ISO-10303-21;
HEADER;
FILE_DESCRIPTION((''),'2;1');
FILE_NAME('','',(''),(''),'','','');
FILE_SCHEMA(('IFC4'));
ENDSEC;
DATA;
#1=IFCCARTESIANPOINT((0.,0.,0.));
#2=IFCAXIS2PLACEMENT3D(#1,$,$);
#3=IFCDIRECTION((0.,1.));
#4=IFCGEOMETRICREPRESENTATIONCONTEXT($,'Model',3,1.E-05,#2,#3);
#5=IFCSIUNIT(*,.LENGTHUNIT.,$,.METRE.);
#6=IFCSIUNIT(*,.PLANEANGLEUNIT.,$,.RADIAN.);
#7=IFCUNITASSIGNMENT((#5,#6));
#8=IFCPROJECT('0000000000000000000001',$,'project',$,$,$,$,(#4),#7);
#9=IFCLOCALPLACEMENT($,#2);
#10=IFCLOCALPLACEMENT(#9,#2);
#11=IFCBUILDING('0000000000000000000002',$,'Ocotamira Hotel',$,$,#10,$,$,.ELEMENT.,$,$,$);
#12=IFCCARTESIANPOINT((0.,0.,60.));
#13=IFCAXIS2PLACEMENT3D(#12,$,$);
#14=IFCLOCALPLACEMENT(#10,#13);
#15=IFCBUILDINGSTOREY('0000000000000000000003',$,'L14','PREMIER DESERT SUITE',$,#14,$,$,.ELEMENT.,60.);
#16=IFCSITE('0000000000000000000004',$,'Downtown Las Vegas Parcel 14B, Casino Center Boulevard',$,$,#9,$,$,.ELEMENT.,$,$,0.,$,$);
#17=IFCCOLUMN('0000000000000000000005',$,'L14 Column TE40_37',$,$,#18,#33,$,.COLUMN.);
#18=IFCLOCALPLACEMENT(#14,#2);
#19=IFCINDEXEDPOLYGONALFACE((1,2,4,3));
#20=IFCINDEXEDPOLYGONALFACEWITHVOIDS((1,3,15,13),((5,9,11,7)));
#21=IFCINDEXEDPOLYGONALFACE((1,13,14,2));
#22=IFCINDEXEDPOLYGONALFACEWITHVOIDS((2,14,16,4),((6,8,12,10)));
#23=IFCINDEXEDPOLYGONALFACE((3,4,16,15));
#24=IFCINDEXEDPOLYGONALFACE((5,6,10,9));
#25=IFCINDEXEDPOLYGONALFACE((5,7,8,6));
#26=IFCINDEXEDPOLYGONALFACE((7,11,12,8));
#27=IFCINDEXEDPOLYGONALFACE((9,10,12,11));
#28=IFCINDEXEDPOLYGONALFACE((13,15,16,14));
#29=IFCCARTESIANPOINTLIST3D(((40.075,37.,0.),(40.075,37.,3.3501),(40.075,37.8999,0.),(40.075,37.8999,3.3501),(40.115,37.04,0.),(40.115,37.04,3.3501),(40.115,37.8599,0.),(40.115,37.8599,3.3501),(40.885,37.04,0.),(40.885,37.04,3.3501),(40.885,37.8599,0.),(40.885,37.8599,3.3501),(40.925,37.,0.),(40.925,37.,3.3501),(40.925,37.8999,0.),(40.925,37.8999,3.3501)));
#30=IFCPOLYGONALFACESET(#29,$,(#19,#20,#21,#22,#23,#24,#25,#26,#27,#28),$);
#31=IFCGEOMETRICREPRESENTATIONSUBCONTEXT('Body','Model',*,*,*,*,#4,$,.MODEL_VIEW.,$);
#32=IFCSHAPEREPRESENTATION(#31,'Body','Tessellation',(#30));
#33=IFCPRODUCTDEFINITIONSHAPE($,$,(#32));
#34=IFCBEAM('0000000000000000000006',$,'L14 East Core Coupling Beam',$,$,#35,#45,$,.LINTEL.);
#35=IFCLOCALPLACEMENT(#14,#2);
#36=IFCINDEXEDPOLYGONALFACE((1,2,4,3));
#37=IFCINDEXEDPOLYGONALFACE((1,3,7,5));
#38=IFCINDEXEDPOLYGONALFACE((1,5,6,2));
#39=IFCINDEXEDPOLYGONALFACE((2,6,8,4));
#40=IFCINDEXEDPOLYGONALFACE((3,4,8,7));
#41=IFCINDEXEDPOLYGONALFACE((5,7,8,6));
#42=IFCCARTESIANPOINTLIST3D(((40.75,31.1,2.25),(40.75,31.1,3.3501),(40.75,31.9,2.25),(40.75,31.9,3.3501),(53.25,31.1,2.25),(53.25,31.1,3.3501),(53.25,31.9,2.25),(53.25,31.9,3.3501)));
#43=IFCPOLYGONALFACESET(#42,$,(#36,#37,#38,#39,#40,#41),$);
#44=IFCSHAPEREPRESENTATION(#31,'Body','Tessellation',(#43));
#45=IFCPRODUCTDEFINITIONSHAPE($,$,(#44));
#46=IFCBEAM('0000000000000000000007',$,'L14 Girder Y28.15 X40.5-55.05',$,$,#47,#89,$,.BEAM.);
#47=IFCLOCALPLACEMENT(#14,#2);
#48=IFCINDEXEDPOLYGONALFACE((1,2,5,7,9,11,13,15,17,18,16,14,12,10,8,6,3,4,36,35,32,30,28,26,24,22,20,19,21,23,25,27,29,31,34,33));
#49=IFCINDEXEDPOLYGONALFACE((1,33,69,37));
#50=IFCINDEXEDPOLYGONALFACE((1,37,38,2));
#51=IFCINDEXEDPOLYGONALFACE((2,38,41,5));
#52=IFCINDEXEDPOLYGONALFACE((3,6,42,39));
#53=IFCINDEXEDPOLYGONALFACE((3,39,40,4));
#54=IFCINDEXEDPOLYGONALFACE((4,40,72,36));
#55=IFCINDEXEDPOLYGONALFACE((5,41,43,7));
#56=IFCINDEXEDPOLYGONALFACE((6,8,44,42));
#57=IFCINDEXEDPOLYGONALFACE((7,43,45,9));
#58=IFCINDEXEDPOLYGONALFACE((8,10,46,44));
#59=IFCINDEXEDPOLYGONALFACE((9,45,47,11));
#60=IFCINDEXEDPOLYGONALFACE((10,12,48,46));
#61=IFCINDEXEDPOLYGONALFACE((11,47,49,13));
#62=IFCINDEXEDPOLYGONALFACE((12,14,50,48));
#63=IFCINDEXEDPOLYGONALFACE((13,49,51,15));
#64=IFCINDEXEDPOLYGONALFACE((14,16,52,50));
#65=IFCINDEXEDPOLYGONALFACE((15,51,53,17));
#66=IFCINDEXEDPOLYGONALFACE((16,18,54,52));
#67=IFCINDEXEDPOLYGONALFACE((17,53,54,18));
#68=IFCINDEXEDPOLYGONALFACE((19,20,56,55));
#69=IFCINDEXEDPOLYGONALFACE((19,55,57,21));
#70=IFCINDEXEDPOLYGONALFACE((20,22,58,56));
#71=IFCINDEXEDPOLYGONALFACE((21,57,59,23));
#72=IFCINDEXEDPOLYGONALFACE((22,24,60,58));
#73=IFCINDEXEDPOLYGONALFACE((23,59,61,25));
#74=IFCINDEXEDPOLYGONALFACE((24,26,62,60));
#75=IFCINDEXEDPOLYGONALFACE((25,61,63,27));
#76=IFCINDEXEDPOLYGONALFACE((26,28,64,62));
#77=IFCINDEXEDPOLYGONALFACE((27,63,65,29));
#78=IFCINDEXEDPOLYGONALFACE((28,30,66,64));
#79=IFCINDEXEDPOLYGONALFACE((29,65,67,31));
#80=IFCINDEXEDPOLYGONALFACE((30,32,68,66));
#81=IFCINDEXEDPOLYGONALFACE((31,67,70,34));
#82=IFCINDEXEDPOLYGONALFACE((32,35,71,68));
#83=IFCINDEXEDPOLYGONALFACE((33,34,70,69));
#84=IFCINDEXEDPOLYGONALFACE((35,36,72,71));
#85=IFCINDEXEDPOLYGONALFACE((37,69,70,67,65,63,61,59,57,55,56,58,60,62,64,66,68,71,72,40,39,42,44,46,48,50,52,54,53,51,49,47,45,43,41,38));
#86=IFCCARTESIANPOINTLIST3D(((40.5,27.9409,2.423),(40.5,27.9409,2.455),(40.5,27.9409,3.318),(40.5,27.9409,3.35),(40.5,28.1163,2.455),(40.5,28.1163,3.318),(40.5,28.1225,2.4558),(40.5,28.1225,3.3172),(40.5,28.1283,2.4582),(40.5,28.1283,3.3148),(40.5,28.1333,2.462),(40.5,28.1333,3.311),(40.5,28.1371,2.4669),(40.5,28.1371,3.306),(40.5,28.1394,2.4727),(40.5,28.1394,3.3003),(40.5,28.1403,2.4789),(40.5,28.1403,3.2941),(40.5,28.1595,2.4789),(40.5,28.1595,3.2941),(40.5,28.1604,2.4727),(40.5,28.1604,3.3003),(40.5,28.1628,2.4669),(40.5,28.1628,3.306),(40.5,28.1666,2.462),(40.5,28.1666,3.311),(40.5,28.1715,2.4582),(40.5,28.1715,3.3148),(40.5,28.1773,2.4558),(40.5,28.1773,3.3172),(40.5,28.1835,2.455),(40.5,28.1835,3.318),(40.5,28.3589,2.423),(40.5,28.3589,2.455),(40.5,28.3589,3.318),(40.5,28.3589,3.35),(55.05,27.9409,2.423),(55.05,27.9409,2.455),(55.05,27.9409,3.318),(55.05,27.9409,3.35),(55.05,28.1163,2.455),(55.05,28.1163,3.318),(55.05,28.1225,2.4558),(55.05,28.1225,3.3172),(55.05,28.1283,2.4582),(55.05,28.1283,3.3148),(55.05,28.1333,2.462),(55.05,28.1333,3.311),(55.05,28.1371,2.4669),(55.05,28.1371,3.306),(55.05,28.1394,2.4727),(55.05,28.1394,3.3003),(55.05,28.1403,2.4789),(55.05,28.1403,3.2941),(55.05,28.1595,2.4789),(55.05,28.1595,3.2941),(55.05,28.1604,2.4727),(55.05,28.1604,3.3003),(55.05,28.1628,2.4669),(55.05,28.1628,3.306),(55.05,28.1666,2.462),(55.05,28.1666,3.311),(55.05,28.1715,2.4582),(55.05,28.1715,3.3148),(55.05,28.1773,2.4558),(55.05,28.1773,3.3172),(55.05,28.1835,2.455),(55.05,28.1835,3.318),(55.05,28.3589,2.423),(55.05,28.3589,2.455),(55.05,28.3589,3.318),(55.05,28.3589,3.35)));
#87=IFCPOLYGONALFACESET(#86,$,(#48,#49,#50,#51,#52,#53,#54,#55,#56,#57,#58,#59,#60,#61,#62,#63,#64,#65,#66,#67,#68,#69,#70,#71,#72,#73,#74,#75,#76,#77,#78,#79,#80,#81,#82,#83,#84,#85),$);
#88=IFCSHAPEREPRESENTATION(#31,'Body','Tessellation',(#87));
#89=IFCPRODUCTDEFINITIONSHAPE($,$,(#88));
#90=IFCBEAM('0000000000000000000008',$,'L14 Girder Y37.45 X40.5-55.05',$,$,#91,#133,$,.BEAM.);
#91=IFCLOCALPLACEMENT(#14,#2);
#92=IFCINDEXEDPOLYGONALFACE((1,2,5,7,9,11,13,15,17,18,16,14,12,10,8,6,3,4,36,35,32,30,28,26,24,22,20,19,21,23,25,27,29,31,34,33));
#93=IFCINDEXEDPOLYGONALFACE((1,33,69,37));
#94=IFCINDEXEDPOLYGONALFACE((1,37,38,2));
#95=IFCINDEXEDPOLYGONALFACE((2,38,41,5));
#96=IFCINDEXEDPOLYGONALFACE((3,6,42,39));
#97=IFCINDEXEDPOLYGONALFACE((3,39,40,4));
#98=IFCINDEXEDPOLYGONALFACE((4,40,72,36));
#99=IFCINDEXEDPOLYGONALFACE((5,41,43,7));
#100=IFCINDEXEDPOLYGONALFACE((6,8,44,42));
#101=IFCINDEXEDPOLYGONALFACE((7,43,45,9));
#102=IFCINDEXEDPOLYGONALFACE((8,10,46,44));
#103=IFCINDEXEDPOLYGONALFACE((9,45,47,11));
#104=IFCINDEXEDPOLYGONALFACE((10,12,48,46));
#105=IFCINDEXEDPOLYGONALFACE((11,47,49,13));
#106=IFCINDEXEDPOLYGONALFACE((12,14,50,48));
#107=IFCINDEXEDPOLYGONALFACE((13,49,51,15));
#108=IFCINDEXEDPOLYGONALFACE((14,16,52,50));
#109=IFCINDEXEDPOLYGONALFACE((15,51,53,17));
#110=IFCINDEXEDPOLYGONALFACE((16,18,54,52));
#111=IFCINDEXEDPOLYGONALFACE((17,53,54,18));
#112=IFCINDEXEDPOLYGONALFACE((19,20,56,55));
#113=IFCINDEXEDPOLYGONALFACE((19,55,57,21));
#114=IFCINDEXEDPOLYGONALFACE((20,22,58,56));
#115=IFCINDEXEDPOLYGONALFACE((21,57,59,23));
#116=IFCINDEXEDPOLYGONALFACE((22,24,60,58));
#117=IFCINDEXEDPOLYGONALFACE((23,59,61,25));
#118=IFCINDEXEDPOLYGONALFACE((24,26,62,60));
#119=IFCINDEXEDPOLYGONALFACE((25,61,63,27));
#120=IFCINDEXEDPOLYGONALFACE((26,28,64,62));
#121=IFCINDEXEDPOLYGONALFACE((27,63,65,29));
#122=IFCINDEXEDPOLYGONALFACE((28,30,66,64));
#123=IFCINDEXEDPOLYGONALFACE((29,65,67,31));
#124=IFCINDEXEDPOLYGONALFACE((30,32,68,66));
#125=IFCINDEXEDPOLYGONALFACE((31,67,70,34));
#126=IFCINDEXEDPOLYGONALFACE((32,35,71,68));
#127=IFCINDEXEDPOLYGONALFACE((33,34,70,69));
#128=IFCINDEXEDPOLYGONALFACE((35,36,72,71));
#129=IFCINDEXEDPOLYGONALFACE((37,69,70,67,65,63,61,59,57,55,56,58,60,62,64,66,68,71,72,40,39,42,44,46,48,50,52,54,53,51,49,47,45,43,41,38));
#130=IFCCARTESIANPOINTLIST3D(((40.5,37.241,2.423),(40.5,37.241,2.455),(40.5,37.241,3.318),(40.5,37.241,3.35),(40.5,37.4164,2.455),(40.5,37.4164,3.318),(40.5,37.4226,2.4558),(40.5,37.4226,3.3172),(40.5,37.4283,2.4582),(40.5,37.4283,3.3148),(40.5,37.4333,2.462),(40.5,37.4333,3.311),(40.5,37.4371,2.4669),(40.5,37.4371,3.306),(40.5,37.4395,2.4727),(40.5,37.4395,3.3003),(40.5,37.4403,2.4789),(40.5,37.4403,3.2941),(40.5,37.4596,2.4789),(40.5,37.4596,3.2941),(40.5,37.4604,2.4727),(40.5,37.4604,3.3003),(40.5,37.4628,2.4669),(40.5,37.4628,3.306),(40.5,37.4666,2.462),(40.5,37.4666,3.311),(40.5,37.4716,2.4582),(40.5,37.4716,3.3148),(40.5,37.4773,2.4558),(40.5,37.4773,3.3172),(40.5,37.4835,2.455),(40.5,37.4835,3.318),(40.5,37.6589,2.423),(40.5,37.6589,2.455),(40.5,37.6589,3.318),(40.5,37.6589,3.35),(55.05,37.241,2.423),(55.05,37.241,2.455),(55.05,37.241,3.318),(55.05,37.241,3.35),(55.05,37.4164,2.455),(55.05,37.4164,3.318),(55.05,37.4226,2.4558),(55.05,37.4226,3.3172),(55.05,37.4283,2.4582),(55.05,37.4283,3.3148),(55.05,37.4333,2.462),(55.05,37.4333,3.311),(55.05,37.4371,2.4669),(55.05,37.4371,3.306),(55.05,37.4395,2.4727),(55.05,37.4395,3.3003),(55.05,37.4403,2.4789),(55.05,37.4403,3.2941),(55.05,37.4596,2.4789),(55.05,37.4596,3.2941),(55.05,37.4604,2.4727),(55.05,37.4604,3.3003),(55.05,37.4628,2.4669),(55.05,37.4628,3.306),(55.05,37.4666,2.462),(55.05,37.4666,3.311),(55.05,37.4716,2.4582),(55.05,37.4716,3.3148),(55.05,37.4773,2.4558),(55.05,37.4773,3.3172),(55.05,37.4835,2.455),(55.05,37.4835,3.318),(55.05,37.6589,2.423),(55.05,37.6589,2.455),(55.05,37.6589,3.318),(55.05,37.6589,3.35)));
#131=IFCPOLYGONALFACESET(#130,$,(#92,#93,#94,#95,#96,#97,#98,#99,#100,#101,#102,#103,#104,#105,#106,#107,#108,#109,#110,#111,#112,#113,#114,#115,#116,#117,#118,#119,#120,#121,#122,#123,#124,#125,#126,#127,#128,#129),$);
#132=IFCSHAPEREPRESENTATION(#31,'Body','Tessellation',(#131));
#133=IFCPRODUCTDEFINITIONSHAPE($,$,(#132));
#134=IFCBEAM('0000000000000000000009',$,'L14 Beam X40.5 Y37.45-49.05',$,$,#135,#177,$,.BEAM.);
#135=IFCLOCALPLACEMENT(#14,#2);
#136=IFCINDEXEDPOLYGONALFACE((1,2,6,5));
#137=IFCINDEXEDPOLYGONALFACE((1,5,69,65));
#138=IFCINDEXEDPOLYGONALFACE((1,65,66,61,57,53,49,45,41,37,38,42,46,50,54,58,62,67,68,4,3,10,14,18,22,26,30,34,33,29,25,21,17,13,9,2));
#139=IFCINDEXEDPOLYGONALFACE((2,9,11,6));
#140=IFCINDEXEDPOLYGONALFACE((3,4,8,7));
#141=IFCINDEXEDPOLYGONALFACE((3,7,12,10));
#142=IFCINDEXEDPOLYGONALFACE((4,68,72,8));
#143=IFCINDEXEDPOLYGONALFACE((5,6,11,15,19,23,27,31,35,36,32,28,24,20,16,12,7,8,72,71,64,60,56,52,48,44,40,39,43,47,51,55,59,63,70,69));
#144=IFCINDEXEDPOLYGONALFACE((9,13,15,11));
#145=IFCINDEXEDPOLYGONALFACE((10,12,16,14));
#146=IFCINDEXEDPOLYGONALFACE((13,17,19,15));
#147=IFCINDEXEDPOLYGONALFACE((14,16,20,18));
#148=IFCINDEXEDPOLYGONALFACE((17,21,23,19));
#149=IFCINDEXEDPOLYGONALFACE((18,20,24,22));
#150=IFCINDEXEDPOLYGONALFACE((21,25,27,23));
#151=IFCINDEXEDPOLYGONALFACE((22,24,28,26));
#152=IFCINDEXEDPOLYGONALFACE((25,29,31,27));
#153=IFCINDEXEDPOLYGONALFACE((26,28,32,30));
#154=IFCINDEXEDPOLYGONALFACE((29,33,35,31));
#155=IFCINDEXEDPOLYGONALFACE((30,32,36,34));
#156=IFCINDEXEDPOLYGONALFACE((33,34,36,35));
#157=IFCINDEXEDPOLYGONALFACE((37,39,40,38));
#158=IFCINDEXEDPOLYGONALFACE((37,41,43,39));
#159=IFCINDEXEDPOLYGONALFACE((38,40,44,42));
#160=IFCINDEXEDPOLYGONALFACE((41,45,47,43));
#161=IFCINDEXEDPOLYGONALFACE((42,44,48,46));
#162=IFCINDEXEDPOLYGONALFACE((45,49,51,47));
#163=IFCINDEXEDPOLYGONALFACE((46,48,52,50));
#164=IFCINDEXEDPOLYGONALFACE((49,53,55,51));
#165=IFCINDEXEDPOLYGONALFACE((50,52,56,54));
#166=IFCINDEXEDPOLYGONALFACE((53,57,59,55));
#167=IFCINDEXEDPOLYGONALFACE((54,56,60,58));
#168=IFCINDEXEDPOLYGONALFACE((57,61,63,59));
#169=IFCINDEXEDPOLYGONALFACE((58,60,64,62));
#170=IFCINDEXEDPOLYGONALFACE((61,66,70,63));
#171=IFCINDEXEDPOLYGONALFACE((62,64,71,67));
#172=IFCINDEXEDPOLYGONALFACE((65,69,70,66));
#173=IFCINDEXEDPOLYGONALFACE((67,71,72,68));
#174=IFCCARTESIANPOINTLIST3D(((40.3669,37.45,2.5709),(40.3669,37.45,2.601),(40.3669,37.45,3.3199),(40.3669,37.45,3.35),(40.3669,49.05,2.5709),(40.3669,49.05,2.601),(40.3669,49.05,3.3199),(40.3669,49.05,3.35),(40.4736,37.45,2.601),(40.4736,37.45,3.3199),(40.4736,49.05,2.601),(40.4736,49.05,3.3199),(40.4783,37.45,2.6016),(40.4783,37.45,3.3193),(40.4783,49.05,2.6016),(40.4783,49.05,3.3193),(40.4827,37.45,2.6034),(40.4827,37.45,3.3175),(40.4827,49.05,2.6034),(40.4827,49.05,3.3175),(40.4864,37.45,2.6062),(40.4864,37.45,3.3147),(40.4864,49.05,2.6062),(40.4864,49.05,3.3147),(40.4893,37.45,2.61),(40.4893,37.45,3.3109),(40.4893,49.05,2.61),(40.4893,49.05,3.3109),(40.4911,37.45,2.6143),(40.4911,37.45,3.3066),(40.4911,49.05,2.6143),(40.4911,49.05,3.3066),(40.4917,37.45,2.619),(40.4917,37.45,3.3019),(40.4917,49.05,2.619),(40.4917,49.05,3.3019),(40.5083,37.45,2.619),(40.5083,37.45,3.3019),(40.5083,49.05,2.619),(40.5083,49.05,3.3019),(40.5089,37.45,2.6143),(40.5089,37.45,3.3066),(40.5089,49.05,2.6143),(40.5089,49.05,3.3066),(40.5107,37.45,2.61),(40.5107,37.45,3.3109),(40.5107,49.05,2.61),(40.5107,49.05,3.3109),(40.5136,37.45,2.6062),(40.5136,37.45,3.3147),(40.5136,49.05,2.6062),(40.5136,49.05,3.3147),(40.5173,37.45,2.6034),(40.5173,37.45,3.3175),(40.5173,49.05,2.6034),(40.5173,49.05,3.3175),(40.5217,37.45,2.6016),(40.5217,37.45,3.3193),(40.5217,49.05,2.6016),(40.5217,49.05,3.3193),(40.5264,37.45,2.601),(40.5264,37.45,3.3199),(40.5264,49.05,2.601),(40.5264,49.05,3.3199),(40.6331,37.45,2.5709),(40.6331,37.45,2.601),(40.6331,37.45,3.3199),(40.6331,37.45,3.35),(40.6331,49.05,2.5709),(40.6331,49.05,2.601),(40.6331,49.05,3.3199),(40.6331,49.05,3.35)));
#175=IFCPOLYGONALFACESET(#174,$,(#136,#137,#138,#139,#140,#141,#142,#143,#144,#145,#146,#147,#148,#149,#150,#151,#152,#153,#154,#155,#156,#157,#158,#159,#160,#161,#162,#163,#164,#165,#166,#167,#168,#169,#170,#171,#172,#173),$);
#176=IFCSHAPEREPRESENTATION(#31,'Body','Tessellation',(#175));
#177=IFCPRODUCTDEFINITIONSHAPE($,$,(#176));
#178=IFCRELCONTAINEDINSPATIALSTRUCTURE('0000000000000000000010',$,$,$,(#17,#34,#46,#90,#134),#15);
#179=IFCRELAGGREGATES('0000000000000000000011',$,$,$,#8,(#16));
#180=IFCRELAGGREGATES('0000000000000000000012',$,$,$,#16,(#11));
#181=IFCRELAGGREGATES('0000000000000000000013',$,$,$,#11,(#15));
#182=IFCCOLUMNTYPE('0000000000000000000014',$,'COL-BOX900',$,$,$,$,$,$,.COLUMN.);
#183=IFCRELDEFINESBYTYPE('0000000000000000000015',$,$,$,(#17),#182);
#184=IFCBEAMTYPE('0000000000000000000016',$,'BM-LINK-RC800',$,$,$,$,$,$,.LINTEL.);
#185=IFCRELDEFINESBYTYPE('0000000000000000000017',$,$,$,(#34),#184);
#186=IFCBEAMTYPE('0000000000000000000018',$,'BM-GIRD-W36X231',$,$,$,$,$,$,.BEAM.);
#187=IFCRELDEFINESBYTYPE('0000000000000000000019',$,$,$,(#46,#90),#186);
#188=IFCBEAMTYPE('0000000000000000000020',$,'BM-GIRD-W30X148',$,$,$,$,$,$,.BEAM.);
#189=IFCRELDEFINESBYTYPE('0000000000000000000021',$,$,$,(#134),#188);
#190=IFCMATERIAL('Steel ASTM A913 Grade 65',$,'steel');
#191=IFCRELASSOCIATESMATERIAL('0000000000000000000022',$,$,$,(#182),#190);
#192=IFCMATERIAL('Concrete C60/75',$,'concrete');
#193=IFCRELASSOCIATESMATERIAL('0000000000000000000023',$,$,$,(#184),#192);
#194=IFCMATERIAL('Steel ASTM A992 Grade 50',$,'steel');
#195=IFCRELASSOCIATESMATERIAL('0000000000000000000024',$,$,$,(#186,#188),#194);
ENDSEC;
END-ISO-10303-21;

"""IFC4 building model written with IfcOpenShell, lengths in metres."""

from ifc_helpers import new_model, si_unit, direction, frame, origin, origin_2d, place, context, subcontext, project, spatial, rectangle, hollow_rectangle, i_section, extrude, source, transform, mapped, material, material_profile, profile_set, type_object, element, save


model = new_model("IFC4")

# Units and contexts
model_context = context("Model", 3, precision=1e-05, world=origin(), true_north=direction((0.0, 1.0)))
body_context = subcontext(model_context, "Body", "Model", "MODEL_VIEW")
ifc_project = project(units=[si_unit("LENGTHUNIT", "METRE"), si_unit("PLANEANGLEUNIT", "RADIAN")], contexts=[model_context])

# Site, building, storey
site_placement = place(None, origin())
site = spatial("IfcSite", under=ifc_project, at=site_placement, Name="Downtown Las Vegas Parcel 14B, Casino Center Boulevard", CompositionType="ELEMENT", RefElevation=0.0)
building_placement = place(site_placement, origin())
building = spatial("IfcBuilding", under=site, at=building_placement, Name="Ocotamira Hotel", CompositionType="ELEMENT")
storey_placement = place(building_placement, frame((0.0, 0.0, 60.0)))
storey = spatial("IfcBuildingStorey", under=building, at=storey_placement, Name="L14", Description="PREMIER DESERT SUITE", CompositionType="ELEMENT", Elevation=60.0)

# Column
ifc_material_1 = material(Name="Steel ASTM A913 Grade 65", Category="steel")
ifc_material_profile_1 = material_profile(ifc_material_1, hollow_rectangle(XDim=0.8501, YDim=0.8999, WallThickness=0.04, at=origin_2d()), Name="BOX900X850X40")
ifc_profile_set_1 = profile_set([ifc_material_profile_1], Name="Steel ASTM A913 Grade 65")
column_type = type_object("IfcColumnType", Name="COL-BOX900", PredefinedType="COLUMN", material=ifc_profile_set_1)
shared_shape_1 = source(origin(), body_context, "Body", "SweptSolid", [
    extrude(hollow_rectangle(XDim=0.8501, YDim=0.8999, WallThickness=0.04, at=origin_2d()), origin(), (0.0, 0.0, 1.0), 3.3501),
])
column_placement = place(storey_placement, frame((40.5, 37.45, 0.0), z_axis=(0.0, 0.0, 1.0), x_axis=(1.0, 0.0, 0.0)))
element("IfcColumn", 1, at=column_placement, inside=storey, type_object=column_type, Name="L14 Column TE40_37", PredefinedType="COLUMN", context=body_context, shape_type="MappedRepresentation", body=[
    mapped(shared_shape_1, transform((0.0, 0.0, 0.0), scale=1.0)),
])

# Beams
ifc_material_2 = material(Name="Concrete C60/75", Category="concrete")
ifc_material_profile_2 = material_profile(ifc_material_2, rectangle(XDim=0.8, YDim=1.1001, at=origin_2d()), Name="RC800X1100")
ifc_profile_set_2 = profile_set([ifc_material_profile_2], Name="Concrete C60/75")
beam_type_1 = type_object("IfcBeamType", Name="BM-LINK-RC800", PredefinedType="LINTEL", material=ifc_profile_set_2)
shared_shape_2 = source(origin(), body_context, "Body", "SweptSolid", [
    extrude(rectangle(XDim=0.8, YDim=1.1001, at=origin_2d()), origin(), (0.0, 0.0, 1.0), 12.5),
])
beam_1_placement = place(storey_placement, frame((40.75, 31.5, 2.8), z_axis=(1.0, 0.0, 0.0), x_axis=(0.0, 1.0, 0.0)))
element("IfcBeam", 2, at=beam_1_placement, inside=storey, type_object=beam_type_1, Name="L14 East Core Coupling Beam", PredefinedType="LINTEL", context=body_context, shape_type="MappedRepresentation", body=[
    mapped(shared_shape_2, transform((0.0, 0.0, 0.0), scale=1.0)),
])
ifc_material_3 = material(Name="Steel ASTM A992 Grade 50", Category="steel")
ifc_material_profile_3 = material_profile(ifc_material_3, i_section(OverallWidth=0.418, OverallDepth=0.927, WebThickness=0.0193, FlangeThickness=0.032, FilletRadius=0.0239, at=origin_2d()), Name="W36X231")
ifc_profile_set_3 = profile_set([ifc_material_profile_3], Name="Steel ASTM A992 Grade 50")
beam_type_2 = type_object("IfcBeamType", Name="BM-GIRD-W36X231", PredefinedType="BEAM", material=ifc_profile_set_3)
shared_shape_3 = source(origin(), body_context, "Body", "SweptSolid", [
    extrude(i_section(OverallWidth=0.418, OverallDepth=0.927, WebThickness=0.0193, FlangeThickness=0.032, FilletRadius=0.0239, at=origin_2d()), origin(), (0.0, 0.0, 1.0), 14.55),
])
for number, where, z_axis, x_axis, name in (
    (3, (40.5, 28.1499, 2.8865), (1.0, 0.0, 0.0), (0.0, 1.0, 0.0), "L14 Girder Y28.15 X40.5-55.05"),
    (4, (40.5, 37.45, 2.8865), (1.0, 0.0, 0.0), (0.0, 1.0, 0.0), "L14 Girder Y37.45 X40.5-55.05"),
):
    element("IfcBeam", number, at=place(storey_placement, frame(where, z_axis=z_axis, x_axis=x_axis)), inside=storey, type_object=beam_type_2, Name=name, PredefinedType="BEAM", context=body_context, shape_type="MappedRepresentation", body=[
        mapped(shared_shape_3, transform((0.0, 0.0, 0.0), scale=1.0)),
    ])
ifc_material_profile_4 = material_profile(ifc_material_3, i_section(OverallWidth=0.2661, OverallDepth=0.7791, WebThickness=0.0166, FlangeThickness=0.03, FilletRadius=0.0181, at=origin_2d()), Name="W30X148")
ifc_profile_set_4 = profile_set([ifc_material_profile_4], Name="Steel ASTM A992 Grade 50")
beam_type_3 = type_object("IfcBeamType", Name="BM-GIRD-W30X148", PredefinedType="BEAM", material=ifc_profile_set_4)
shared_shape_4 = source(origin(), body_context, "Body", "SweptSolid", [
    extrude(i_section(OverallWidth=0.2661, OverallDepth=0.7791, WebThickness=0.0166, FlangeThickness=0.03, FilletRadius=0.0181, at=origin_2d()), origin(), (0.0, 0.0, 1.0), 11.6001),
])
beam_2_placement = place(storey_placement, frame((40.5, 37.45, 2.9604), z_axis=(0.0, 1.0, 0.0), x_axis=(-1.0, 0.0, 0.0)))
element("IfcBeam", 5, at=beam_2_placement, inside=storey, type_object=beam_type_3, Name="L14 Beam X40.5 Y37.45-49.05", PredefinedType="BEAM", context=body_context, shape_type="MappedRepresentation", body=[
    mapped(shared_shape_4, transform((0.0, 0.0, 0.0), scale=1.0)),
])

save(model, "model.ifc")
